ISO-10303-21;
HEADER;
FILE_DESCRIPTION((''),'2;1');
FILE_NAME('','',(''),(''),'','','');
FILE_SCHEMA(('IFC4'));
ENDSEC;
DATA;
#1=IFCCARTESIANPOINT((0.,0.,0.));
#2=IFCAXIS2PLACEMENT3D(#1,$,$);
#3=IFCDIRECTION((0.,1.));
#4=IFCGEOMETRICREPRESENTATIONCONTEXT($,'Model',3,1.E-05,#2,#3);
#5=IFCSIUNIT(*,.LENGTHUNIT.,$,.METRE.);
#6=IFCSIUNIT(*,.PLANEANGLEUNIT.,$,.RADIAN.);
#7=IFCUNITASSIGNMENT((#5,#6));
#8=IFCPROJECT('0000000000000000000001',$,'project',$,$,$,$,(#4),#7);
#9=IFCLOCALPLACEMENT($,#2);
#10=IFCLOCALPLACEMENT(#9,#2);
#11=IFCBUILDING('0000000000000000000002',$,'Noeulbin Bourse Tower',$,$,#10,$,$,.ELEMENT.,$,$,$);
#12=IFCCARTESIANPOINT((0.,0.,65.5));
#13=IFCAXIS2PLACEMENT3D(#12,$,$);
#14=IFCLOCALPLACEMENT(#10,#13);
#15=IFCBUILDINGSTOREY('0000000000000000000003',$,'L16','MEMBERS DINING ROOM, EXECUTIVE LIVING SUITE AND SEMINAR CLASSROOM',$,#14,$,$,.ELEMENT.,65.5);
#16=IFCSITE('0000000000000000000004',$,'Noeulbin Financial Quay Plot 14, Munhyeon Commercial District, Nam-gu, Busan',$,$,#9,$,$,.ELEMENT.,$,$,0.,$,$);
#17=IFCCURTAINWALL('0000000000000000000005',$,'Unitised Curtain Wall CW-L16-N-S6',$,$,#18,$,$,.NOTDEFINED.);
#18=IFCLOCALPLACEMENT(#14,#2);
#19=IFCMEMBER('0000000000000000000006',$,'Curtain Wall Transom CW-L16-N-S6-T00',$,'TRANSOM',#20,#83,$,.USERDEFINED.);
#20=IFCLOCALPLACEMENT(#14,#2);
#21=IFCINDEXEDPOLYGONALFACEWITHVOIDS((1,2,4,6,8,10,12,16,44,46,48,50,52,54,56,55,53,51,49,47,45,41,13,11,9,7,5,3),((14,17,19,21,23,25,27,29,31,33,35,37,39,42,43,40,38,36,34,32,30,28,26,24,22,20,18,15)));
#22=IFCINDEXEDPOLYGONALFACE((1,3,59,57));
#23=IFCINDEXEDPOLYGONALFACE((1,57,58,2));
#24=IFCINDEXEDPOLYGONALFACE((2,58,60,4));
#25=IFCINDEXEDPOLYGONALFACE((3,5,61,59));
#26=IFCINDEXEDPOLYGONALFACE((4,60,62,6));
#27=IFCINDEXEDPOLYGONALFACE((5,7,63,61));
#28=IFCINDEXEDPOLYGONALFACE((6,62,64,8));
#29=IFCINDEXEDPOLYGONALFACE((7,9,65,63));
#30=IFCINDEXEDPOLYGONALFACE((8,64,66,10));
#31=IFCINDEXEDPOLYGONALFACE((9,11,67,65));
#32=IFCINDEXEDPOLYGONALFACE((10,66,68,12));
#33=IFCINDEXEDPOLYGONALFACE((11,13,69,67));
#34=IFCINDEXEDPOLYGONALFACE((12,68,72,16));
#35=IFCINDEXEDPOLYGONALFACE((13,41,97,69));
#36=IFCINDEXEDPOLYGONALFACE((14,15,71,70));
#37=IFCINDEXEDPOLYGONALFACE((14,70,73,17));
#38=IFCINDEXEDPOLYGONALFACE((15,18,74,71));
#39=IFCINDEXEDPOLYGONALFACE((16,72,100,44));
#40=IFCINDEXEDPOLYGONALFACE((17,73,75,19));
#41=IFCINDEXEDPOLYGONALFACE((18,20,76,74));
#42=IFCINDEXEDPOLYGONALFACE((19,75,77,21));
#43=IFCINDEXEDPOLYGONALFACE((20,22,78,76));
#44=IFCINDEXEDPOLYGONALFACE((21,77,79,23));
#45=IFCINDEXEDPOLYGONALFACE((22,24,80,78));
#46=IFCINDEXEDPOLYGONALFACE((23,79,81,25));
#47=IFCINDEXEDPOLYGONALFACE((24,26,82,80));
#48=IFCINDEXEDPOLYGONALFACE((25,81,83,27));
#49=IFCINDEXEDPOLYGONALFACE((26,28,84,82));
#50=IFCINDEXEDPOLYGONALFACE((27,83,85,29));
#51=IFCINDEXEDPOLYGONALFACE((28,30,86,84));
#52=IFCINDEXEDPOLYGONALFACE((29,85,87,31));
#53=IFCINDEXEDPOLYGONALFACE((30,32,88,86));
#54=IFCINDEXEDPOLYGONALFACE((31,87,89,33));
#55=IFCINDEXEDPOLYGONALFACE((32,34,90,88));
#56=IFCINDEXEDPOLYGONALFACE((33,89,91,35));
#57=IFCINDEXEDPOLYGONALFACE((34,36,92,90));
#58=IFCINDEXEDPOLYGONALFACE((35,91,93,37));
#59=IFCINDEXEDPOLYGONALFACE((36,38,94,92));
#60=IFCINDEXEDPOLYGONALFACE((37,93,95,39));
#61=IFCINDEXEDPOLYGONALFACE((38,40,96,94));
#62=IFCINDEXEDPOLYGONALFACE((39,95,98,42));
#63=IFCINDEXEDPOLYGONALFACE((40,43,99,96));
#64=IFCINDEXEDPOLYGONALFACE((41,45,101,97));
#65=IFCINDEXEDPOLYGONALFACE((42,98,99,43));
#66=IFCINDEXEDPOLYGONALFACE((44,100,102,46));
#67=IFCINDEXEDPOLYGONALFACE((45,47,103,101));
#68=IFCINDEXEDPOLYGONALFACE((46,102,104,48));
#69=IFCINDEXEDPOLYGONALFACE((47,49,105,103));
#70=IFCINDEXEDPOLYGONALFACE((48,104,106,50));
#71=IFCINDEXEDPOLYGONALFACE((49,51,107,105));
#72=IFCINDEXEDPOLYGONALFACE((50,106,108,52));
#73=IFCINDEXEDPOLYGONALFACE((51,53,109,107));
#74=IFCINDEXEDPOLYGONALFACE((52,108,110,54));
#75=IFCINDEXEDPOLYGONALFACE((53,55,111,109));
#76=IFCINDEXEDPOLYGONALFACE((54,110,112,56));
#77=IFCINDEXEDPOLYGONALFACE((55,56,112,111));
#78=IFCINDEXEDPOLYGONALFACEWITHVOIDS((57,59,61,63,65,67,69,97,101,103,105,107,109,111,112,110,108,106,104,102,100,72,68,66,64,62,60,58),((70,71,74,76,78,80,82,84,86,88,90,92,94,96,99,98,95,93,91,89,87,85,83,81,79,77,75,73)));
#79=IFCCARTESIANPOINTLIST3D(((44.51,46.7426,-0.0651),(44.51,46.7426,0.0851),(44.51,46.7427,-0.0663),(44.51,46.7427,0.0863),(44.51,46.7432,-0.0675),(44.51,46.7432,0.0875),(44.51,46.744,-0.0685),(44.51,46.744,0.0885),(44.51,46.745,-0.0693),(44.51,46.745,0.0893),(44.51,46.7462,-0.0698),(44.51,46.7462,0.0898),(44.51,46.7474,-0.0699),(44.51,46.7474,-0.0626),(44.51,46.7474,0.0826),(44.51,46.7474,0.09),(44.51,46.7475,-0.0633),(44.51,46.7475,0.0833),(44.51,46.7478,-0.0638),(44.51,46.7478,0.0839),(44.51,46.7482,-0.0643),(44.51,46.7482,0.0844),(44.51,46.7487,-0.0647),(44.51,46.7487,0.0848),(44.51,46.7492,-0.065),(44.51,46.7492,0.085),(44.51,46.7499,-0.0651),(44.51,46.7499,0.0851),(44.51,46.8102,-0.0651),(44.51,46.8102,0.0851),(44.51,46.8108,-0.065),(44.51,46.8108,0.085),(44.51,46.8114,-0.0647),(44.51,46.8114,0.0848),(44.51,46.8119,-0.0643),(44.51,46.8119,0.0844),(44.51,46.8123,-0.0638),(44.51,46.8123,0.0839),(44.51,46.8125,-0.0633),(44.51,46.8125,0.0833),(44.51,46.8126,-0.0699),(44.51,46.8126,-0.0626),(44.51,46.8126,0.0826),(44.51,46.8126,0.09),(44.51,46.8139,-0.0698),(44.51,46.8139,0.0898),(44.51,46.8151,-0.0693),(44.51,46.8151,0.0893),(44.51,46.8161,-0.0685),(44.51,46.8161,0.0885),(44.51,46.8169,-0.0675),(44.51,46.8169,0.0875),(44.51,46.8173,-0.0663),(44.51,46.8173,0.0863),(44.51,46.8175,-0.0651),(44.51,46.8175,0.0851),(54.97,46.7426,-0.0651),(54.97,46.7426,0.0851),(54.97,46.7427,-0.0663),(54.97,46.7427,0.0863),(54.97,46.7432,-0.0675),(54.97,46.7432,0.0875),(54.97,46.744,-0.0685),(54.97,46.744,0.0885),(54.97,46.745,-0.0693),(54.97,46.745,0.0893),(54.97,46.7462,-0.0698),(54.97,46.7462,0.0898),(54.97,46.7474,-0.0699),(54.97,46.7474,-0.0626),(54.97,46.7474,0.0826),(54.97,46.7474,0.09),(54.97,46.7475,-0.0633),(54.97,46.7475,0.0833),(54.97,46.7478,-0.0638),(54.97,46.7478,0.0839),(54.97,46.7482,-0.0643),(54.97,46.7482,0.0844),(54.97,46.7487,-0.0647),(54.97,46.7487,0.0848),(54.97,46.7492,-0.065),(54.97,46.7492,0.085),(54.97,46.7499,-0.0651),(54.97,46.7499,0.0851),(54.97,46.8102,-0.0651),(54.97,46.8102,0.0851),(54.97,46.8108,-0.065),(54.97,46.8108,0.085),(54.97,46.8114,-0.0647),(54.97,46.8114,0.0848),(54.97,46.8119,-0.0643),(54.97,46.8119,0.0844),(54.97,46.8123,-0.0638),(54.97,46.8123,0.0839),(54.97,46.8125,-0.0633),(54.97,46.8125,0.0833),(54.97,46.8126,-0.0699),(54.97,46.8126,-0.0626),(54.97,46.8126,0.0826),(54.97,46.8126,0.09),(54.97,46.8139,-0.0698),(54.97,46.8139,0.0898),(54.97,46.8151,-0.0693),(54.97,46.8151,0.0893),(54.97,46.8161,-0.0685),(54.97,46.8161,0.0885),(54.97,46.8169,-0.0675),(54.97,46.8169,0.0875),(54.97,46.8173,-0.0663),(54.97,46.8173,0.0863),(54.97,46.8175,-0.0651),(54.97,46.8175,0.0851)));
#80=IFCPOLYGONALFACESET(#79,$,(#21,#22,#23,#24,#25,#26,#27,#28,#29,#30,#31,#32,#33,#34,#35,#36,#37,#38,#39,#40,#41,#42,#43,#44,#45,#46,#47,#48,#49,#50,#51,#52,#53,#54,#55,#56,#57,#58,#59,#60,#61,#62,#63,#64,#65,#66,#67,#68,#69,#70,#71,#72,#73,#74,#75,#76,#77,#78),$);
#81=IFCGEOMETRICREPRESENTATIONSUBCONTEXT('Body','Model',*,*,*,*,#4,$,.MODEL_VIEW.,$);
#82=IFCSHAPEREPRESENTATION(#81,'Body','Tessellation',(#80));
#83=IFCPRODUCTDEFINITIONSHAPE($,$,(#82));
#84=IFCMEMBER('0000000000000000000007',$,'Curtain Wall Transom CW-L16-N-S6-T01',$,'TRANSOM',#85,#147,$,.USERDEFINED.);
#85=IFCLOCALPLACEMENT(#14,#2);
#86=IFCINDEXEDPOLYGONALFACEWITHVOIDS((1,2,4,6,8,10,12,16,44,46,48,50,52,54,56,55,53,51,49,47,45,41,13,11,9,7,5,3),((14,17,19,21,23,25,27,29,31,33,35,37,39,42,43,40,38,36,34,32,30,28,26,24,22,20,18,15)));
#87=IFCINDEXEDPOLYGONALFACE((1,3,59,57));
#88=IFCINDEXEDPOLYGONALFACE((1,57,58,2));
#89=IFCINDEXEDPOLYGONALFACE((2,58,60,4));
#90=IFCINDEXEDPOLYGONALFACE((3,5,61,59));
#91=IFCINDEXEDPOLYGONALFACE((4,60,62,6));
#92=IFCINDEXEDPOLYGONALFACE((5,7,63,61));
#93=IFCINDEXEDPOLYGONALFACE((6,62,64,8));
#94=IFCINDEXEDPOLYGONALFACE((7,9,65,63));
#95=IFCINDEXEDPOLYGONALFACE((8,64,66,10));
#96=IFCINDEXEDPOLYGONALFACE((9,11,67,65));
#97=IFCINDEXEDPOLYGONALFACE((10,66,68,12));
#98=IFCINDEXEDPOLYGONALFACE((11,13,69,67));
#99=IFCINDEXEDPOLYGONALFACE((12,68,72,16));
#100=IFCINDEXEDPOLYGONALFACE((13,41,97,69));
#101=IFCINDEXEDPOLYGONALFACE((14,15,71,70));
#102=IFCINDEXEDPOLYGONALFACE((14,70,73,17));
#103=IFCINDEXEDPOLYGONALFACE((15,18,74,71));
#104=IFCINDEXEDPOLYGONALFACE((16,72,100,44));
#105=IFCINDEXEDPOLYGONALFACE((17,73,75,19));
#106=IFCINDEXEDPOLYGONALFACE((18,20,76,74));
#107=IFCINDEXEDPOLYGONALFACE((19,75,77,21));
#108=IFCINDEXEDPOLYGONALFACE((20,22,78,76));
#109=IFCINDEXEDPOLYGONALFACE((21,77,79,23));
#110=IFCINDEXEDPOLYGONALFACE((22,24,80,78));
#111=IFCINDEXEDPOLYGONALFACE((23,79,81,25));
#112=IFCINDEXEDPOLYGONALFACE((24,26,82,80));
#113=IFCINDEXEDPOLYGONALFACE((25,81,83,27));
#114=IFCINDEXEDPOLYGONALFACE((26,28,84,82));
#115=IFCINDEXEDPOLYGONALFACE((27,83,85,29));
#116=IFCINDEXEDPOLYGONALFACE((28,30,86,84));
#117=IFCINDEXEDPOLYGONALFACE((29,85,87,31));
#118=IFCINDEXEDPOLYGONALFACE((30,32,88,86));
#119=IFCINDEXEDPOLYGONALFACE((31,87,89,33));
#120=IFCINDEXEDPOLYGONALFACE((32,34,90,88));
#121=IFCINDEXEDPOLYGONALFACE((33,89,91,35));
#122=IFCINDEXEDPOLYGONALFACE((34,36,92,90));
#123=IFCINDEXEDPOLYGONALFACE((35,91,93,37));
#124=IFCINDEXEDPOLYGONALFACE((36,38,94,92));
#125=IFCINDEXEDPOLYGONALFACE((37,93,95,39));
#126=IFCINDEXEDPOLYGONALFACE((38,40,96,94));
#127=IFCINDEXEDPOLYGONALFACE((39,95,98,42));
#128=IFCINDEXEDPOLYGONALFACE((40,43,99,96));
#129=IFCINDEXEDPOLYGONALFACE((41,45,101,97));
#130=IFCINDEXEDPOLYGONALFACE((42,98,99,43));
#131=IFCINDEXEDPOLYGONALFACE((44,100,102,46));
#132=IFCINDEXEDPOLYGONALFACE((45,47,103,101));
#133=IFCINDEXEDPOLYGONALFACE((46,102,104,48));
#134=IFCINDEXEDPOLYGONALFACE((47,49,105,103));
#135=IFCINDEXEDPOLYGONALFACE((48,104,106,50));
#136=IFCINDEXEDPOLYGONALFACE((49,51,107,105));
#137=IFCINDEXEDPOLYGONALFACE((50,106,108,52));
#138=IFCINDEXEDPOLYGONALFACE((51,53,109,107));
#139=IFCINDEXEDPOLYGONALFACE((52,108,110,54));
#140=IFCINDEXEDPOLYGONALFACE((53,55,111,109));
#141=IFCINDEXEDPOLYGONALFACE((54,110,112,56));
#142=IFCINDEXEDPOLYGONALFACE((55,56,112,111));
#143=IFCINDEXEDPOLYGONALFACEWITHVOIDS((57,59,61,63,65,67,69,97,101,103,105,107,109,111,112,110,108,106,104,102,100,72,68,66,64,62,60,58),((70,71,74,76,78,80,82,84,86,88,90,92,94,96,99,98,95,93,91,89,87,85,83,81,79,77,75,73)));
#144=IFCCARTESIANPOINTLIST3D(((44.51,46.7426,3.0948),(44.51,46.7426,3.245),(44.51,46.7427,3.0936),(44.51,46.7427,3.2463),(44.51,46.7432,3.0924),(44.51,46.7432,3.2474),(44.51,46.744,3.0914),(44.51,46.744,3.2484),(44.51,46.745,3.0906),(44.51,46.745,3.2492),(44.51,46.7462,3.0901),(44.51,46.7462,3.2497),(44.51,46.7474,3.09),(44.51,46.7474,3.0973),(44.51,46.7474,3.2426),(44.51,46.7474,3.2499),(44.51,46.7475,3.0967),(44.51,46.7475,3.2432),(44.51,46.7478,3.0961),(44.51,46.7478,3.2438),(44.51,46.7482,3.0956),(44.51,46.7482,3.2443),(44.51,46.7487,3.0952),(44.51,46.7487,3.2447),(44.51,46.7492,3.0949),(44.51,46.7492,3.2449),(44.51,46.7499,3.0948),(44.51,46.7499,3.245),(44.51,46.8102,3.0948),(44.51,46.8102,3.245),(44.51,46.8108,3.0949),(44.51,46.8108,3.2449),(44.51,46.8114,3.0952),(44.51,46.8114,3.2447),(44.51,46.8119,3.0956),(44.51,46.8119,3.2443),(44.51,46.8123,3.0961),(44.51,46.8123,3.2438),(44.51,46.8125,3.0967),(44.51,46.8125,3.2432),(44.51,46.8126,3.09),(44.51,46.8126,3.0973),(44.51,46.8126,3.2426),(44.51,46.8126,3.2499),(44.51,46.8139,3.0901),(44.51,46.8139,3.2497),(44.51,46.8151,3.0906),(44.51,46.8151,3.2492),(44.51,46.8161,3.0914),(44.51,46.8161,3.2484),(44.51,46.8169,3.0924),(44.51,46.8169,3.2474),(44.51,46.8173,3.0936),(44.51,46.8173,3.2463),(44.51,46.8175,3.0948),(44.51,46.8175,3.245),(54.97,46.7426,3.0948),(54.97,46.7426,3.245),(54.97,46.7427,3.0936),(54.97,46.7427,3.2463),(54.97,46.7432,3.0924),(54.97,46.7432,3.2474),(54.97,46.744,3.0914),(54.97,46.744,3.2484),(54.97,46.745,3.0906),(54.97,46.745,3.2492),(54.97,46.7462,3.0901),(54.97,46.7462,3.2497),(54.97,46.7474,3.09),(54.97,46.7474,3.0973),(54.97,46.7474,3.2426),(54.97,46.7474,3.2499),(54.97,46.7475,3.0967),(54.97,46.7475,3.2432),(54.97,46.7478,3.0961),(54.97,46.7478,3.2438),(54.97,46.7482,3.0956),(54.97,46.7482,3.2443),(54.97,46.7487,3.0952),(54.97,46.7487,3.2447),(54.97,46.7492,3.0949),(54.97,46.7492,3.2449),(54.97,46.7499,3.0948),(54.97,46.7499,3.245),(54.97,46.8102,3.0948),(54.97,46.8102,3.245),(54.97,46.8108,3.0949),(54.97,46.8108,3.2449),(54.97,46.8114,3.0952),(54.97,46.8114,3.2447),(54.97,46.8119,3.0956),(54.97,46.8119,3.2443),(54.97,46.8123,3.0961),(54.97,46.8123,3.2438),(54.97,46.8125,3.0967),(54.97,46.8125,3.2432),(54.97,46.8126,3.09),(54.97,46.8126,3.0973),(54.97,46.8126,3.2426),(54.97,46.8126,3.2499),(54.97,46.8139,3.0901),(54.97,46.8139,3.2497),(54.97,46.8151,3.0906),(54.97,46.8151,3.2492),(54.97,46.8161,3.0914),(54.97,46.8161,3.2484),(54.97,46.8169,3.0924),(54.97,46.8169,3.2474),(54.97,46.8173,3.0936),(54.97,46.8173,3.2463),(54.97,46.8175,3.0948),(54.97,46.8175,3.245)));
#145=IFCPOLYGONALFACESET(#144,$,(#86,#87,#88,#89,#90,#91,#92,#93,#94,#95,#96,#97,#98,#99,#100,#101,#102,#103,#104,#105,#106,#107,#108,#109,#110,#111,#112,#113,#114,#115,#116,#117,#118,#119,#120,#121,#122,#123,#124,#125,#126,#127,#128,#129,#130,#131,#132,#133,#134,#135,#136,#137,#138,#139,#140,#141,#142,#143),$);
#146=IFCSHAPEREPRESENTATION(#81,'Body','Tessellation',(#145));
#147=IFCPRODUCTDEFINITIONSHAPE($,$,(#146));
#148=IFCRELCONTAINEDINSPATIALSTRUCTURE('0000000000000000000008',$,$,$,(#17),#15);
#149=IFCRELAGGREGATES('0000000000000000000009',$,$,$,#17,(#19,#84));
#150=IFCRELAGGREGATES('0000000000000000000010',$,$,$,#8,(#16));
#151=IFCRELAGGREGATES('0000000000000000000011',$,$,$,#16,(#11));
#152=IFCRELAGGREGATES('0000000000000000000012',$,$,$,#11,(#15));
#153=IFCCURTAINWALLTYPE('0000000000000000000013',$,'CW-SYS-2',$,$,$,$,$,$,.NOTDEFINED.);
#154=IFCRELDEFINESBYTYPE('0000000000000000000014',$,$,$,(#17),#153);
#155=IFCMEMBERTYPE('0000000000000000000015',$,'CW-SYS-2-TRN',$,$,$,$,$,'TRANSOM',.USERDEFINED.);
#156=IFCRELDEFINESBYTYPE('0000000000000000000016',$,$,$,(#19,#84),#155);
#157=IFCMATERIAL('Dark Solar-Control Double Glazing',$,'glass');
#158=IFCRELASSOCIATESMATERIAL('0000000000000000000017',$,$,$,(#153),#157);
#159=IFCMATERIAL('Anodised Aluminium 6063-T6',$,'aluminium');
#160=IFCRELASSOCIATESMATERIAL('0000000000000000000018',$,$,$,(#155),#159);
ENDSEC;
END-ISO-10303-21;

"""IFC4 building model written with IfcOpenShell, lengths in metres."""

from ifc_helpers import new_model, si_unit, direction, frame, origin, origin_2d, place, context, subcontext, project, spatial, hollow_rectangle, extrude, material, material_profile, profile_set, type_object, element, aggregate, save


model = new_model("IFC4")

# Units and contexts
model_context = context("Model", 3, precision=1e-05, world=origin(), true_north=direction((0.0, 1.0)))
body_context = subcontext(model_context, "Body", "Model", "MODEL_VIEW")
ifc_project = project(units=[si_unit("LENGTHUNIT", "METRE"), si_unit("PLANEANGLEUNIT", "RADIAN")], contexts=[model_context])

# Site, building, storey
site_placement = place(None, origin())
site = spatial("IfcSite", under=ifc_project, at=site_placement, Name="Noeulbin Financial Quay Plot 14, Munhyeon Commercial District, Nam-gu, Busan", CompositionType="ELEMENT", RefElevation=0.0)
building_placement = place(site_placement, origin())
building = spatial("IfcBuilding", under=site, at=building_placement, Name="Noeulbin Bourse Tower", CompositionType="ELEMENT")
storey_placement = place(building_placement, frame((0.0, 0.0, 65.5)))
storey = spatial("IfcBuildingStorey", under=building, at=storey_placement, Name="L16", Description="MEMBERS DINING ROOM, EXECUTIVE LIVING SUITE AND SEMINAR CLASSROOM", CompositionType="ELEMENT", Elevation=65.5)

# Shared definitions
ifc_material_1 = material(Name="Dark Solar-Control Double Glazing", Category="glass")
curtain_wall_type = type_object("IfcCurtainWallType", Name="CW-SYS-2", PredefinedType="NOTDEFINED", material=ifc_material_1)
ifc_material_2 = material(Name="Anodised Aluminium 6063-T6", Category="aluminium")

# Curtain wall
curtain_wall_1_placement = place(storey_placement, origin())
curtain_wall_1 = element("IfcCurtainWall", 1, at=curtain_wall_1_placement, inside=storey, type_object=curtain_wall_type, Name="Unitised Curtain Wall CW-L16-N-S6", PredefinedType="NOTDEFINED")

# Members
ifc_material_profile_1 = material_profile(ifc_material_2, hollow_rectangle(XDim=0.075, YDim=0.1599, WallThickness=0.0049, InnerFilletRadius=0.0024, OuterFilletRadius=0.0049, at=origin_2d()), Name="ALU-TRAN-75x160x5", Category="LoadBearing")
ifc_profile_set_1 = profile_set([ifc_material_profile_1], Name="Anodised Aluminium 6063-T6")
member_type_1 = type_object("IfcMemberType", Name="CW-SYS-2-TRN", ElementType="TRANSOM", PredefinedType="USERDEFINED", material=ifc_profile_set_1)
member_1_placement = place(storey_placement, frame((44.51, 46.78, 0.01), z_axis=(1.0, 0.0, 0.0), x_axis=(0.0, 1.0, 0.0)))
member_1 = element("IfcMember", 2, at=member_1_placement, type_object=member_type_1, Name="Curtain Wall Transom CW-L16-N-S6-T00", ObjectType="TRANSOM", PredefinedType="USERDEFINED", context=body_context, shape_type="SweptSolid", body=[
    extrude(hollow_rectangle(XDim=0.075, YDim=0.1599, WallThickness=0.0049, InnerFilletRadius=0.0024, OuterFilletRadius=0.0049, at=origin_2d()), origin(), (0.0, 0.0, 1.0), 10.46),
])
member_2_placement = place(storey_placement, frame((44.51, 46.78, 3.1699), z_axis=(1.0, 0.0, 0.0), x_axis=(0.0, 1.0, 0.0)))
member_2 = element("IfcMember", 3, at=member_2_placement, type_object=member_type_1, Name="Curtain Wall Transom CW-L16-N-S6-T01", ObjectType="TRANSOM", PredefinedType="USERDEFINED", context=body_context, shape_type="SweptSolid", body=[
    extrude(hollow_rectangle(XDim=0.075, YDim=0.1599, WallThickness=0.0049, InnerFilletRadius=0.0024, OuterFilletRadius=0.0049, at=origin_2d()), origin(), (0.0, 0.0, 1.0), 10.46),
])

aggregate(curtain_wall_1, [member_1, member_2])

save(model, "model.ifc")
